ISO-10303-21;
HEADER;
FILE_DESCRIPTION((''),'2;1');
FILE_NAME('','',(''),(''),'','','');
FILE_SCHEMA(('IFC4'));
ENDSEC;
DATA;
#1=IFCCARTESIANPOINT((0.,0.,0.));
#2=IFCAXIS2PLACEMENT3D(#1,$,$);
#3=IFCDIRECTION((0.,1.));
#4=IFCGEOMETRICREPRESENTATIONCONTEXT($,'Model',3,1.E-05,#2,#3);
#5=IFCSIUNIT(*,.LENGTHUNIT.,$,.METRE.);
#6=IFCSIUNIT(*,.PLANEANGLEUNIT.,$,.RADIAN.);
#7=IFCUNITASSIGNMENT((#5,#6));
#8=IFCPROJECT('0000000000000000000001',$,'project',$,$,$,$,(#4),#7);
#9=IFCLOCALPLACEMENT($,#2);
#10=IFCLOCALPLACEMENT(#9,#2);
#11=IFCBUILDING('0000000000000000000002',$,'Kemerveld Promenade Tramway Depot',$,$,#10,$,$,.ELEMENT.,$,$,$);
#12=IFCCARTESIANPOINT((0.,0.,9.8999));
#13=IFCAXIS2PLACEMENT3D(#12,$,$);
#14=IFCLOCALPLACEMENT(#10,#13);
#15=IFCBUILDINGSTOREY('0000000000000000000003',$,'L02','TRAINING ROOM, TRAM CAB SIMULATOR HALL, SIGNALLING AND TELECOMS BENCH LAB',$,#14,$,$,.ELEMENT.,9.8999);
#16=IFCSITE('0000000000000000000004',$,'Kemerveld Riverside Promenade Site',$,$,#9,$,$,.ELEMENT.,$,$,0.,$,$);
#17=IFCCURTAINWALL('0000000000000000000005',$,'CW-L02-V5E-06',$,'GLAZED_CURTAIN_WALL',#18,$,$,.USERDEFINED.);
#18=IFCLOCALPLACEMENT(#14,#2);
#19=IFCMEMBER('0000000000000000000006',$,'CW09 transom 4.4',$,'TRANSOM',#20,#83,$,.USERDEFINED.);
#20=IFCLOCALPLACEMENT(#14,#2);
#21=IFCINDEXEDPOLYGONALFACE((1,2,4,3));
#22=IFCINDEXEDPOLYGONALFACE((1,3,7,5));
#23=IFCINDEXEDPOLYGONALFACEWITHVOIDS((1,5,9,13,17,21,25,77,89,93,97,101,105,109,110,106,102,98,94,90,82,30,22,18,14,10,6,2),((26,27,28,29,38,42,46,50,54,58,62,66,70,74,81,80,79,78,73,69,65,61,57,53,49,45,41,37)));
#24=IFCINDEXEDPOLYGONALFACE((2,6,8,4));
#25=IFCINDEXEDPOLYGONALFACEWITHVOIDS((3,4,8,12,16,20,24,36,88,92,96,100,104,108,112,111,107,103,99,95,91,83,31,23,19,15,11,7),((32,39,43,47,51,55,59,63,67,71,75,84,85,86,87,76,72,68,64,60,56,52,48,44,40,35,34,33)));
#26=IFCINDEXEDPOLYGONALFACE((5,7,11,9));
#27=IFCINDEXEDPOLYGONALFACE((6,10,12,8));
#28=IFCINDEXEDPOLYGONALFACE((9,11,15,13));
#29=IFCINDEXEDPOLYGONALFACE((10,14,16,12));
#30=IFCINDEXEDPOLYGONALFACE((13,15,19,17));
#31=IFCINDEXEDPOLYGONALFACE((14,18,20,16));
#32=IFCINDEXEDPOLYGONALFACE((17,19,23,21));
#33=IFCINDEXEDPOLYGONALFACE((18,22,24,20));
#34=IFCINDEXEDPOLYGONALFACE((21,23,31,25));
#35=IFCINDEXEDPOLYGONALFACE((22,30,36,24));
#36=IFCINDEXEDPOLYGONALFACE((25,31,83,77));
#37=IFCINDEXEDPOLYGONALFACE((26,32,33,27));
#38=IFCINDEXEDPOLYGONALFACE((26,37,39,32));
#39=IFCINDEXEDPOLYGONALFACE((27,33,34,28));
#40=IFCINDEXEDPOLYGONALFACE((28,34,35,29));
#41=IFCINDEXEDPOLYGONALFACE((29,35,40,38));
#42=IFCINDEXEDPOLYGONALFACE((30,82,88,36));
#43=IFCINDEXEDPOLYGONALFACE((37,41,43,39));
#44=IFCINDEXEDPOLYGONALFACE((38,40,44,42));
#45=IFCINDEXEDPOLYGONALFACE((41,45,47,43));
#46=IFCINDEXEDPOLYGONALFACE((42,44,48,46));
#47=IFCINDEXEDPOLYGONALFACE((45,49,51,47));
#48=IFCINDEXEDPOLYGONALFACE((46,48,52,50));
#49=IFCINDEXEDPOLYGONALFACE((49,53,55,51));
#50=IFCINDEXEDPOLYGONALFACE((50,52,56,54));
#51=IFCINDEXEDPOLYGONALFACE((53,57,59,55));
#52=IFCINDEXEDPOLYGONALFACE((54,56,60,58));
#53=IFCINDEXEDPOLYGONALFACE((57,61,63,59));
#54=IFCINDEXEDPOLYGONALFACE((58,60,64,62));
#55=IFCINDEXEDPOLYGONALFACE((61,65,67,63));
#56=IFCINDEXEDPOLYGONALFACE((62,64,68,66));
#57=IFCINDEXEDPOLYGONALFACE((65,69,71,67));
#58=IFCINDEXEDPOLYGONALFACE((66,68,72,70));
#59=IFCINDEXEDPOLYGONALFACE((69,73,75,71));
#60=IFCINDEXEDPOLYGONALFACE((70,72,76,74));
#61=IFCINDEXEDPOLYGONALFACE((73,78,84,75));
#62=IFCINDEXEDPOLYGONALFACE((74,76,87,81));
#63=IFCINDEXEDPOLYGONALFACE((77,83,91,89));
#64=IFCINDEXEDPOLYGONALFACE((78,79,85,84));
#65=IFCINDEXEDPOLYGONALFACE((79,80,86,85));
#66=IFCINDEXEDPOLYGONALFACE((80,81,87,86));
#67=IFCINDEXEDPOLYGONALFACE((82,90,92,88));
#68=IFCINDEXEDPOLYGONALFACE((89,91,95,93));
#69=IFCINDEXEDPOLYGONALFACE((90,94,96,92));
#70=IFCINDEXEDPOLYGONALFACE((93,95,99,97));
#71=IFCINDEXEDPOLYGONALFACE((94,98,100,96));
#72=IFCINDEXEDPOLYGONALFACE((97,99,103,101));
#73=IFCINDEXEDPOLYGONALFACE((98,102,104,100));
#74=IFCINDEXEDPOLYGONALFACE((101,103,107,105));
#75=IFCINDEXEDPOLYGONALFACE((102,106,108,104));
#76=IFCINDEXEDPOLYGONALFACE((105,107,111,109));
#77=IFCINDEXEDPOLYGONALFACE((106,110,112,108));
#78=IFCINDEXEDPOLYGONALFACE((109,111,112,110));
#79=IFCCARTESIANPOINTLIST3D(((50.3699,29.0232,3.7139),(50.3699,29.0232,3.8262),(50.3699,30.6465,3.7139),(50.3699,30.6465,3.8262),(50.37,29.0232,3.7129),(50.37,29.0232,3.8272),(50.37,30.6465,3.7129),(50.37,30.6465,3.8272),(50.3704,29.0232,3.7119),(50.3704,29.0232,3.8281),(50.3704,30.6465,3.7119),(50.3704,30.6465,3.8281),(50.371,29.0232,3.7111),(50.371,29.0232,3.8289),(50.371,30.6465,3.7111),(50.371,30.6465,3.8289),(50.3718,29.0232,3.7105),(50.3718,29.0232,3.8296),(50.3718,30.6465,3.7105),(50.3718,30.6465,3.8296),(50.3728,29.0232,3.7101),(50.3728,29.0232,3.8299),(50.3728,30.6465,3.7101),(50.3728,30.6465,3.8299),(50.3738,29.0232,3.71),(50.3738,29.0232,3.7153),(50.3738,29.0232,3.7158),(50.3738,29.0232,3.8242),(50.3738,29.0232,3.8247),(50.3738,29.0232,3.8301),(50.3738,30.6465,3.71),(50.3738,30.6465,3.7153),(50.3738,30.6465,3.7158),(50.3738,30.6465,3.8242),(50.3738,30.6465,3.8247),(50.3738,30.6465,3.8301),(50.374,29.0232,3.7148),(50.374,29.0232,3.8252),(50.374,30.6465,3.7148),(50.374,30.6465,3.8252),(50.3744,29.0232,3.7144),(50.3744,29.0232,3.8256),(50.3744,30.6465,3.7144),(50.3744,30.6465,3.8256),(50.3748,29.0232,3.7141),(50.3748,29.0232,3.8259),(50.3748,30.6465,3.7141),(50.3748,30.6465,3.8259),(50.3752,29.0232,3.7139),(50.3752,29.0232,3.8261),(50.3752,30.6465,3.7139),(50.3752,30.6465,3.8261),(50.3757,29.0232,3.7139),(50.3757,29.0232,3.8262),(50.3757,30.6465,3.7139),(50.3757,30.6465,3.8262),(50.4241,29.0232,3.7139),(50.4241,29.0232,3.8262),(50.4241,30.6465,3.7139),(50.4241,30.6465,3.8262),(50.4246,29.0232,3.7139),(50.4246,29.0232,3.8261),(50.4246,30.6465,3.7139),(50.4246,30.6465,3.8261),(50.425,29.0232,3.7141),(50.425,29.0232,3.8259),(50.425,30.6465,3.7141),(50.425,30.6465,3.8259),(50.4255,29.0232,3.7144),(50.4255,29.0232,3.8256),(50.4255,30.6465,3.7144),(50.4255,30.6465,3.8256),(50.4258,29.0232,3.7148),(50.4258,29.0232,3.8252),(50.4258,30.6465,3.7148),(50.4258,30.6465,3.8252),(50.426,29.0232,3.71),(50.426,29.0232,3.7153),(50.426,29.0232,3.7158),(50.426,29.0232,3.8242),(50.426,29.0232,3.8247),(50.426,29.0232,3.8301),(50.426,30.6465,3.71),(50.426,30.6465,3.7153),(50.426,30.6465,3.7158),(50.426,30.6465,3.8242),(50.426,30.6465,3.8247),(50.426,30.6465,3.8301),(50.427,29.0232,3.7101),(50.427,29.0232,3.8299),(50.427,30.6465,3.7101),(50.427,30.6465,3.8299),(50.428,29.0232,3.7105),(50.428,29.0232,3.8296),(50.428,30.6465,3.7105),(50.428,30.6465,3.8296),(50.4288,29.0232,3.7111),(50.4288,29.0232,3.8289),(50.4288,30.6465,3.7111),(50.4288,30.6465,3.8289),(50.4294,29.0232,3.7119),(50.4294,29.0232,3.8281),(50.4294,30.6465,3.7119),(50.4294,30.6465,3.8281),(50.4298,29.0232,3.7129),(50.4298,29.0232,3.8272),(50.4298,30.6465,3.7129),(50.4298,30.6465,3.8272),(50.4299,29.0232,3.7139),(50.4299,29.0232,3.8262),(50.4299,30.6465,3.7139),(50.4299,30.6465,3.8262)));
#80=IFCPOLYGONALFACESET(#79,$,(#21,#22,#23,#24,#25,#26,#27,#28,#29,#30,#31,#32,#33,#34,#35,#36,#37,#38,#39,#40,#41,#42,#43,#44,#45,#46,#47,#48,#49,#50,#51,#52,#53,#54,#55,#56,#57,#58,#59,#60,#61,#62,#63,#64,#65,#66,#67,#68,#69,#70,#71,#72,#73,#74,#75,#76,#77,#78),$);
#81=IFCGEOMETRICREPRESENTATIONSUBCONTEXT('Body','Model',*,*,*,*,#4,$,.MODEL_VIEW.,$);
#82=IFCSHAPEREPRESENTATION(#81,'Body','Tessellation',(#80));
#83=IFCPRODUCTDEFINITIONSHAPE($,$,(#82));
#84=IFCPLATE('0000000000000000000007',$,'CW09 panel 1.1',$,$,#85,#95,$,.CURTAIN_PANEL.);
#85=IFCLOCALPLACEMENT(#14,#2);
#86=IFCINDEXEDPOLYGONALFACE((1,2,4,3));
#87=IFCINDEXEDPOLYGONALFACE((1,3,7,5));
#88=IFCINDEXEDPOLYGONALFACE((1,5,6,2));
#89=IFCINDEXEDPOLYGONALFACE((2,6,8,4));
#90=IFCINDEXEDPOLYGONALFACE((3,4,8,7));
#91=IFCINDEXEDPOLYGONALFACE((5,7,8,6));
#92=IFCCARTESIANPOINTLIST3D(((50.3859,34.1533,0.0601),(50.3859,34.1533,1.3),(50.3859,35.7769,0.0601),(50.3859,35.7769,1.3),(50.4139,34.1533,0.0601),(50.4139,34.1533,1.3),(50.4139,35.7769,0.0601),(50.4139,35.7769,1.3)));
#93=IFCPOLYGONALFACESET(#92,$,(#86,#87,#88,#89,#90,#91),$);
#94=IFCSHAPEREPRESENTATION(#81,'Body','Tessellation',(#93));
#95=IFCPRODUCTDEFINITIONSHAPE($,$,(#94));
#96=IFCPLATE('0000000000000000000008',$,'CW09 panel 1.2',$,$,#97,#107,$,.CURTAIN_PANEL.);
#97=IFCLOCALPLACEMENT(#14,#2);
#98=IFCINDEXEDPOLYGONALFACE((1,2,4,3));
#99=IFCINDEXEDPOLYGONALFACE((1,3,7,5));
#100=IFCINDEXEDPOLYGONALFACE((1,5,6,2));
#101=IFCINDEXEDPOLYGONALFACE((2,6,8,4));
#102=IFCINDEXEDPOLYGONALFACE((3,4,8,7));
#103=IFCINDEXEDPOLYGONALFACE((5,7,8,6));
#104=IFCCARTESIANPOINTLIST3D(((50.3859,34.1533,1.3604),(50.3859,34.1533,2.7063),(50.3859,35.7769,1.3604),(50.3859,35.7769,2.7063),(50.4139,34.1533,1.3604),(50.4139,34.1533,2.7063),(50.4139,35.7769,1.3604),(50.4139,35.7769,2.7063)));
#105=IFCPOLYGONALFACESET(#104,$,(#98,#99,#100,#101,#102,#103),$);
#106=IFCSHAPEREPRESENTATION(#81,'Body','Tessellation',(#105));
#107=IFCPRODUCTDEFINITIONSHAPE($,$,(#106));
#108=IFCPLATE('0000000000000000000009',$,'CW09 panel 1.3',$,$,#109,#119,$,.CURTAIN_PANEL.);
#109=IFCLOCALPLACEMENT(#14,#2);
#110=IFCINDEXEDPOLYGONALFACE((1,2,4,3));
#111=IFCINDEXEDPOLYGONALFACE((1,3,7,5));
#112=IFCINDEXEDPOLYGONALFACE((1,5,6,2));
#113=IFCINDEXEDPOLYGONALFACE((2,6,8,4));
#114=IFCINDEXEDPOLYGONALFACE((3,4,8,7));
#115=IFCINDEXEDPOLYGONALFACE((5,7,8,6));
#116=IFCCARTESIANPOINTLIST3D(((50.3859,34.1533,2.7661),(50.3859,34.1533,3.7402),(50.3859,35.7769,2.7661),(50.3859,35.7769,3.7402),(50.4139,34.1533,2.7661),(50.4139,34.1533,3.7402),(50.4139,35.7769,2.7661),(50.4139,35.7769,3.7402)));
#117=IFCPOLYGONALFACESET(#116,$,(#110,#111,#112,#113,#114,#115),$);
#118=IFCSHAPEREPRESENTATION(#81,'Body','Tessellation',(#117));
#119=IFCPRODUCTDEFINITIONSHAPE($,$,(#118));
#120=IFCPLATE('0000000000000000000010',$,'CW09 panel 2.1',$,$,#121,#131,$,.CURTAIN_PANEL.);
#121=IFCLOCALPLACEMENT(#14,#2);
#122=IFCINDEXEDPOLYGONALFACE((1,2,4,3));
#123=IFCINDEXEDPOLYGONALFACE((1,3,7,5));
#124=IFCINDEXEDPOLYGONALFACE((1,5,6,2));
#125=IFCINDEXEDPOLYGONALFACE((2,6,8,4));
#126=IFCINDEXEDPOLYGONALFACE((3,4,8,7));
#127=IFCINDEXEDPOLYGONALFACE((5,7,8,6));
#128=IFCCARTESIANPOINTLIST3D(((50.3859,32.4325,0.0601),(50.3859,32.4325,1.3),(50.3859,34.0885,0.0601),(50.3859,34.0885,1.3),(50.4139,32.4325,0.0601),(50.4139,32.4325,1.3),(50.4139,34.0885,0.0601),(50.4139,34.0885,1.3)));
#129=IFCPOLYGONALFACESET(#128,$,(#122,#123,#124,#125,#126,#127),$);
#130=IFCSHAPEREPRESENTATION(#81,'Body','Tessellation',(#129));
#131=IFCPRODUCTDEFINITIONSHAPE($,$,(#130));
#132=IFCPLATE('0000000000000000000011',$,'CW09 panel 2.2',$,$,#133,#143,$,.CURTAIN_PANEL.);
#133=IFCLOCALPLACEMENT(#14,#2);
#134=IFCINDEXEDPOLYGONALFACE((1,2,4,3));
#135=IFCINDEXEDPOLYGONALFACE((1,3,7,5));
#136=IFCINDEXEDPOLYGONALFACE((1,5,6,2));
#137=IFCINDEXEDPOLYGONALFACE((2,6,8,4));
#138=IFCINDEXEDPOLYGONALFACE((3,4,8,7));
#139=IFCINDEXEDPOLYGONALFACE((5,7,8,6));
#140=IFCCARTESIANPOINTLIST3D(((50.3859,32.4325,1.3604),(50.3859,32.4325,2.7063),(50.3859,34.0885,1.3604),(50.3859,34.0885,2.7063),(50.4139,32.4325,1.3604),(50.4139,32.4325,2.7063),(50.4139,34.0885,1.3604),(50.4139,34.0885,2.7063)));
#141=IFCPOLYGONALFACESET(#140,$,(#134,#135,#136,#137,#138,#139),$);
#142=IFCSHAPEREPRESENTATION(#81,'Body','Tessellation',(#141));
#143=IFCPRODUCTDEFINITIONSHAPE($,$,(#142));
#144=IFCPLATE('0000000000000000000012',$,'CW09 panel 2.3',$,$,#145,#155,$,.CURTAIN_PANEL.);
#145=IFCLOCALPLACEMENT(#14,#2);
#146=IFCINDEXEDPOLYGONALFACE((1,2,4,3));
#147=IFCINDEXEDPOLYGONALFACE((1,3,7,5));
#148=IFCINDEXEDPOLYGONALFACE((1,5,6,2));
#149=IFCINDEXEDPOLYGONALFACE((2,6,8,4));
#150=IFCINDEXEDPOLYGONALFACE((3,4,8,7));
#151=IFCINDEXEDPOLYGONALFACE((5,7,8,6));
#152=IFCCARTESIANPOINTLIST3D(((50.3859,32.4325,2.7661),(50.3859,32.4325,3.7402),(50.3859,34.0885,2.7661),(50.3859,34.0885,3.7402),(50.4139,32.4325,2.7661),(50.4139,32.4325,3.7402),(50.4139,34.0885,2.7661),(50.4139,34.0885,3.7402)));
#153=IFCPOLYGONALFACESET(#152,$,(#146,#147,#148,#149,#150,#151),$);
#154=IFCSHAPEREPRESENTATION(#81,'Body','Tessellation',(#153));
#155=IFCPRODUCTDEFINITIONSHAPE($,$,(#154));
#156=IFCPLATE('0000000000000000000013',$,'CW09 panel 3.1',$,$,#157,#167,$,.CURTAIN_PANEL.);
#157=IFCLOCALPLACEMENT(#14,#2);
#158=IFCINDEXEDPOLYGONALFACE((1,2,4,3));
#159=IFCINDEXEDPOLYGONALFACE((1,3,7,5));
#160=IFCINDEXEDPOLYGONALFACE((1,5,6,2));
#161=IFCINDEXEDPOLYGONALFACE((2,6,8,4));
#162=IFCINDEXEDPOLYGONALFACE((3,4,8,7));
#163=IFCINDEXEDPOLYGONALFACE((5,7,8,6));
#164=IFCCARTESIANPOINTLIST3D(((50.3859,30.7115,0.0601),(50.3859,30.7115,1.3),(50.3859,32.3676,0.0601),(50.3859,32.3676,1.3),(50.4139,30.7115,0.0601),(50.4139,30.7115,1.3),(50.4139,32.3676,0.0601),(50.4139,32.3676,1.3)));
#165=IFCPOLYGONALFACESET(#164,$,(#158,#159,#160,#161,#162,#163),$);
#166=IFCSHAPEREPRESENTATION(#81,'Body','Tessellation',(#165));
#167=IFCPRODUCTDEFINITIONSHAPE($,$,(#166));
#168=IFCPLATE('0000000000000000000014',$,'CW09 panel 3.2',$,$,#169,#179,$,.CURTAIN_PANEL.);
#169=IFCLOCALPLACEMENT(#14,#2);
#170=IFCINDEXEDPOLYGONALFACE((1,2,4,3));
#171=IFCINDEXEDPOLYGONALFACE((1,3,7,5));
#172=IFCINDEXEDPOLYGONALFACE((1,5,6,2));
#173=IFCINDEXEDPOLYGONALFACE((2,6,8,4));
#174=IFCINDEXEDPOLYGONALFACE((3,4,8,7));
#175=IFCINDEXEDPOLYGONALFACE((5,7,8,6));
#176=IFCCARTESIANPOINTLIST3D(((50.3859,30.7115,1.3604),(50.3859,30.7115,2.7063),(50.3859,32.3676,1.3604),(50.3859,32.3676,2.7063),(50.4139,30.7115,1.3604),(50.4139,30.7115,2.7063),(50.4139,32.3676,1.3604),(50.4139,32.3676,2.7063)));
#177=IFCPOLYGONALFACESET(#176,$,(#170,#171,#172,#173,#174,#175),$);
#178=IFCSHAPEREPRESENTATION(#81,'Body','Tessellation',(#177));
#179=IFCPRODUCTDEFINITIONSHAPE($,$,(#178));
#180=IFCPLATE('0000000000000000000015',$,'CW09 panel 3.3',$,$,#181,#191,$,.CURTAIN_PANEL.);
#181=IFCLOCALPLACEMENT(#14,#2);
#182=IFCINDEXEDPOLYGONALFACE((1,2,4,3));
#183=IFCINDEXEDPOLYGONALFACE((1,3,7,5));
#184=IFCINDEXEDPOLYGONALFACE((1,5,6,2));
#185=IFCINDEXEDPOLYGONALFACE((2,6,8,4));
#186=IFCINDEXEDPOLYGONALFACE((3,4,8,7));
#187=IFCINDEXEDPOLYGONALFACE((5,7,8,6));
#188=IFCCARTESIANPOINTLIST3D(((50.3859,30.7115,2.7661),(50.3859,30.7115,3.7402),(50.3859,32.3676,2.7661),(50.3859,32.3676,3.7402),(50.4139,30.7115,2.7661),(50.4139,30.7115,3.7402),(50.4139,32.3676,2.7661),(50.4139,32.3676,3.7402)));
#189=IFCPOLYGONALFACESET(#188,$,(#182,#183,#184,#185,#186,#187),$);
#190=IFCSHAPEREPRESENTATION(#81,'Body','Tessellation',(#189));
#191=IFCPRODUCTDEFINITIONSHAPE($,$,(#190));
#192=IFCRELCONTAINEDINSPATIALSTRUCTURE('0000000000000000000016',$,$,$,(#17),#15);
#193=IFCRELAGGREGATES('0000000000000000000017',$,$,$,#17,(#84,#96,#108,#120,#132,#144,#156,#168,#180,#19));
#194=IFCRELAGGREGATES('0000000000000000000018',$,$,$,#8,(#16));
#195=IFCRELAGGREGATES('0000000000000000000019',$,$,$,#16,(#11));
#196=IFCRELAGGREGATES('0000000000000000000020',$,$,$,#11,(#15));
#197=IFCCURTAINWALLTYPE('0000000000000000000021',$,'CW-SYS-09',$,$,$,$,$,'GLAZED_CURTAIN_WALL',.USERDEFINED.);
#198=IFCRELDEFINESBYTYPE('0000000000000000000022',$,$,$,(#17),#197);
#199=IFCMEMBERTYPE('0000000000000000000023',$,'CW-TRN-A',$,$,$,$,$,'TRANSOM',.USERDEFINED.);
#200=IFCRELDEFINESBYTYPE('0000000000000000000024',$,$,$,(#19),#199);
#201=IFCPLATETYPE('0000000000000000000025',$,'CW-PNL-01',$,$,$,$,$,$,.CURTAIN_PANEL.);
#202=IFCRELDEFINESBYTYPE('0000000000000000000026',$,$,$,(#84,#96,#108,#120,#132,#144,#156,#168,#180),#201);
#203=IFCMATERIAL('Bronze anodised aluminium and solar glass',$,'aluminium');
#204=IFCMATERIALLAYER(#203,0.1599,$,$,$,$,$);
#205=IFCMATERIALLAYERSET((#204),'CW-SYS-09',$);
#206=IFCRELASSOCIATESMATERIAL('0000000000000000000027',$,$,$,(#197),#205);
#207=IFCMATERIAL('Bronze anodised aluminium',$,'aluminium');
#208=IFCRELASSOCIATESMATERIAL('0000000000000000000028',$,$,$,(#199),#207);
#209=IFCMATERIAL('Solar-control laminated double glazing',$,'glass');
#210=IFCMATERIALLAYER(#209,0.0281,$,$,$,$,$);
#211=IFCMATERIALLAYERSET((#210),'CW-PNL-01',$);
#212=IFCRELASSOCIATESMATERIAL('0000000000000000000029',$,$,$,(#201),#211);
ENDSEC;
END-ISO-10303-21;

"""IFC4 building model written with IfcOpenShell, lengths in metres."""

from ifc_helpers import new_model, si_unit, direction, frame, origin, origin_2d, place, context, subcontext, project, spatial, rectangle, hollow_rectangle, extrude, material, layer, layer_set, material_profile, profile_set, type_object, element, aggregate, save


model = new_model("IFC4")

# Units and contexts
model_context = context("Model", 3, precision=1e-05, world=origin(), true_north=direction((0.0, 1.0)))
body_context = subcontext(model_context, "Body", "Model", "MODEL_VIEW")
ifc_project = project(units=[si_unit("LENGTHUNIT", "METRE"), si_unit("PLANEANGLEUNIT", "RADIAN")], contexts=[model_context])

# Site, building, storey
site_placement = place(None, origin())
site = spatial("IfcSite", under=ifc_project, at=site_placement, Name="Kemerveld Riverside Promenade Site", CompositionType="ELEMENT", RefElevation=0.0)
building_placement = place(site_placement, origin())
building = spatial("IfcBuilding", under=site, at=building_placement, Name="Kemerveld Promenade Tramway Depot", CompositionType="ELEMENT")
storey_placement = place(building_placement, frame((0.0, 0.0, 9.8999)))
storey = spatial("IfcBuildingStorey", under=building, at=storey_placement, Name="L02", Description="TRAINING ROOM, TRAM CAB SIMULATOR HALL, SIGNALLING AND TELECOMS BENCH LAB", CompositionType="ELEMENT", Elevation=9.8999)

# Curtain wall, member, plates
ifc_material_1 = material(Name="Bronze anodised aluminium and solar glass", Category="aluminium")
ifc_layer_1 = layer(ifc_material_1, 0.1599)
ifc_layer_set_1 = layer_set([ifc_layer_1], Name="CW-SYS-09")
curtain_wall_type = type_object("IfcCurtainWallType", Name="CW-SYS-09", ElementType="GLAZED_CURTAIN_WALL", PredefinedType="USERDEFINED", material=ifc_layer_set_1)
curtain_wall_placement = place(storey_placement, origin())
curtain_wall = element("IfcCurtainWall", 1, at=curtain_wall_placement, inside=storey, type_object=curtain_wall_type, Name="CW-L02-V5E-06", ObjectType="GLAZED_CURTAIN_WALL", PredefinedType="USERDEFINED")
ifc_material_2 = material(Name="Bronze anodised aluminium", Category="aluminium")
ifc_material_profile_1 = material_profile(ifc_material_2, hollow_rectangle(XDim=0.0601, YDim=0.1201, WallThickness=0.0039, InnerFilletRadius=0.002, OuterFilletRadius=0.0039, at=origin_2d()), Name="CW-TRN-120x60")
ifc_profile_set_1 = profile_set([ifc_material_profile_1], Name="Bronze anodised aluminium")
member_type_1 = type_object("IfcMemberType", Name="CW-TRN-A", ElementType="TRANSOM", PredefinedType="USERDEFINED", material=ifc_profile_set_1)
member_1_placement = place(storey_placement, frame((50.3999, 30.6465, 3.77), z_axis=(0.0, -1.0, 0.0), x_axis=(1.0, 0.0, 0.0)))
member_1 = element("IfcMember", 2, at=member_1_placement, type_object=member_type_1, Name="CW09 transom 4.4", ObjectType="TRANSOM", PredefinedType="USERDEFINED", context=body_context, shape_type="SweptSolid", body=[
    extrude(hollow_rectangle(XDim=0.0601, YDim=0.1201, WallThickness=0.0039, InnerFilletRadius=0.002, OuterFilletRadius=0.0039, at=origin_2d()), origin(), (0.0, 0.0, 1.0), 1.6233),
])
ifc_material_3 = material(Name="Solar-control laminated double glazing", Category="glass")
ifc_layer_2 = layer(ifc_material_3, 0.0281)
ifc_layer_set_2 = layer_set([ifc_layer_2], Name="CW-PNL-01")
plate_type = type_object("IfcPlateType", Name="CW-PNL-01", PredefinedType="CURTAIN_PANEL", material=ifc_layer_set_2)
plate_1_placement = place(storey_placement, frame((50.3999, 34.9651, 0.0601), z_axis=(0.0, 0.0, 1.0), x_axis=(0.0, -1.0, 0.0)))
plate_1 = element("IfcPlate", 3, at=plate_1_placement, type_object=plate_type, Name="CW09 panel 1.1", PredefinedType="CURTAIN_PANEL", context=body_context, shape_type="SweptSolid", body=[
    extrude(rectangle(XDim=1.6235, YDim=0.0281, at=origin_2d()), origin(), (0.0, 0.0, 1.0), 1.24),
])
plate_2_placement = place(storey_placement, frame((50.3999, 34.9651, 1.3604), z_axis=(0.0, 0.0, 1.0), x_axis=(0.0, -1.0, 0.0)))
plate_2 = element("IfcPlate", 4, at=plate_2_placement, type_object=plate_type, Name="CW09 panel 1.2", PredefinedType="CURTAIN_PANEL", context=body_context, shape_type="SweptSolid", body=[
    extrude(rectangle(XDim=1.6235, YDim=0.0281, at=origin_2d()), origin(), (0.0, 0.0, 1.0), 1.3459),
])
plate_3_placement = place(storey_placement, frame((50.3999, 34.9651, 2.7661), z_axis=(0.0, 0.0, 1.0), x_axis=(0.0, -1.0, 0.0)))
plate_3 = element("IfcPlate", 5, at=plate_3_placement, type_object=plate_type, Name="CW09 panel 1.3", PredefinedType="CURTAIN_PANEL", context=body_context, shape_type="SweptSolid", body=[
    extrude(rectangle(XDim=1.6235, YDim=0.0281, at=origin_2d()), origin(), (0.0, 0.0, 1.0), 0.9741),
])
plate_4_placement = place(storey_placement, frame((50.3999, 33.2605, 0.0601), z_axis=(0.0, 0.0, 1.0), x_axis=(0.0, -1.0, 0.0)))
plate_4 = element("IfcPlate", 6, at=plate_4_placement, type_object=plate_type, Name="CW09 panel 2.1", PredefinedType="CURTAIN_PANEL", context=body_context, shape_type="SweptSolid", body=[
    extrude(rectangle(XDim=1.656, YDim=0.0281, at=origin_2d()), origin(), (0.0, 0.0, 1.0), 1.24),
])
plate_5_placement = place(storey_placement, frame((50.3999, 33.2605, 1.3604), z_axis=(0.0, 0.0, 1.0), x_axis=(0.0, -1.0, 0.0)))
plate_5 = element("IfcPlate", 7, at=plate_5_placement, type_object=plate_type, Name="CW09 panel 2.2", PredefinedType="CURTAIN_PANEL", context=body_context, shape_type="SweptSolid", body=[
    extrude(rectangle(XDim=1.656, YDim=0.0281, at=origin_2d()), origin(), (0.0, 0.0, 1.0), 1.3459),
])
plate_6_placement = place(storey_placement, frame((50.3999, 33.2605, 2.7661), z_axis=(0.0, 0.0, 1.0), x_axis=(0.0, -1.0, 0.0)))
plate_6 = element("IfcPlate", 8, at=plate_6_placement, type_object=plate_type, Name="CW09 panel 2.3", PredefinedType="CURTAIN_PANEL", context=body_context, shape_type="SweptSolid", body=[
    extrude(rectangle(XDim=1.656, YDim=0.0281, at=origin_2d()), origin(), (0.0, 0.0, 1.0), 0.9741),
])
plate_7_placement = place(storey_placement, frame((50.3999, 31.5396, 0.0601), z_axis=(0.0, 0.0, 1.0), x_axis=(0.0, -1.0, 0.0)))
plate_7 = element("IfcPlate", 9, at=plate_7_placement, type_object=plate_type, Name="CW09 panel 3.1", PredefinedType="CURTAIN_PANEL", context=body_context, shape_type="SweptSolid", body=[
    extrude(rectangle(XDim=1.656, YDim=0.0281, at=origin_2d()), origin(), (0.0, 0.0, 1.0), 1.24),
])
plate_8_placement = place(storey_placement, frame((50.3999, 31.5396, 1.3604), z_axis=(0.0, 0.0, 1.0), x_axis=(0.0, -1.0, 0.0)))
plate_8 = element("IfcPlate", 10, at=plate_8_placement, type_object=plate_type, Name="CW09 panel 3.2", PredefinedType="CURTAIN_PANEL", context=body_context, shape_type="SweptSolid", body=[
    extrude(rectangle(XDim=1.656, YDim=0.0281, at=origin_2d()), origin(), (0.0, 0.0, 1.0), 1.3459),
])
plate_9_placement = place(storey_placement, frame((50.3999, 31.5396, 2.7661), z_axis=(0.0, 0.0, 1.0), x_axis=(0.0, -1.0, 0.0)))
plate_9 = element("IfcPlate", 11, at=plate_9_placement, type_object=plate_type, Name="CW09 panel 3.3", PredefinedType="CURTAIN_PANEL", context=body_context, shape_type="SweptSolid", body=[
    extrude(rectangle(XDim=1.656, YDim=0.0281, at=origin_2d()), origin(), (0.0, 0.0, 1.0), 0.9741),
])
aggregate(curtain_wall, [plate_1, plate_2, plate_3, plate_4, plate_5, plate_6, plate_7, plate_8, plate_9, member_1])

save(model, "model.ifc")
